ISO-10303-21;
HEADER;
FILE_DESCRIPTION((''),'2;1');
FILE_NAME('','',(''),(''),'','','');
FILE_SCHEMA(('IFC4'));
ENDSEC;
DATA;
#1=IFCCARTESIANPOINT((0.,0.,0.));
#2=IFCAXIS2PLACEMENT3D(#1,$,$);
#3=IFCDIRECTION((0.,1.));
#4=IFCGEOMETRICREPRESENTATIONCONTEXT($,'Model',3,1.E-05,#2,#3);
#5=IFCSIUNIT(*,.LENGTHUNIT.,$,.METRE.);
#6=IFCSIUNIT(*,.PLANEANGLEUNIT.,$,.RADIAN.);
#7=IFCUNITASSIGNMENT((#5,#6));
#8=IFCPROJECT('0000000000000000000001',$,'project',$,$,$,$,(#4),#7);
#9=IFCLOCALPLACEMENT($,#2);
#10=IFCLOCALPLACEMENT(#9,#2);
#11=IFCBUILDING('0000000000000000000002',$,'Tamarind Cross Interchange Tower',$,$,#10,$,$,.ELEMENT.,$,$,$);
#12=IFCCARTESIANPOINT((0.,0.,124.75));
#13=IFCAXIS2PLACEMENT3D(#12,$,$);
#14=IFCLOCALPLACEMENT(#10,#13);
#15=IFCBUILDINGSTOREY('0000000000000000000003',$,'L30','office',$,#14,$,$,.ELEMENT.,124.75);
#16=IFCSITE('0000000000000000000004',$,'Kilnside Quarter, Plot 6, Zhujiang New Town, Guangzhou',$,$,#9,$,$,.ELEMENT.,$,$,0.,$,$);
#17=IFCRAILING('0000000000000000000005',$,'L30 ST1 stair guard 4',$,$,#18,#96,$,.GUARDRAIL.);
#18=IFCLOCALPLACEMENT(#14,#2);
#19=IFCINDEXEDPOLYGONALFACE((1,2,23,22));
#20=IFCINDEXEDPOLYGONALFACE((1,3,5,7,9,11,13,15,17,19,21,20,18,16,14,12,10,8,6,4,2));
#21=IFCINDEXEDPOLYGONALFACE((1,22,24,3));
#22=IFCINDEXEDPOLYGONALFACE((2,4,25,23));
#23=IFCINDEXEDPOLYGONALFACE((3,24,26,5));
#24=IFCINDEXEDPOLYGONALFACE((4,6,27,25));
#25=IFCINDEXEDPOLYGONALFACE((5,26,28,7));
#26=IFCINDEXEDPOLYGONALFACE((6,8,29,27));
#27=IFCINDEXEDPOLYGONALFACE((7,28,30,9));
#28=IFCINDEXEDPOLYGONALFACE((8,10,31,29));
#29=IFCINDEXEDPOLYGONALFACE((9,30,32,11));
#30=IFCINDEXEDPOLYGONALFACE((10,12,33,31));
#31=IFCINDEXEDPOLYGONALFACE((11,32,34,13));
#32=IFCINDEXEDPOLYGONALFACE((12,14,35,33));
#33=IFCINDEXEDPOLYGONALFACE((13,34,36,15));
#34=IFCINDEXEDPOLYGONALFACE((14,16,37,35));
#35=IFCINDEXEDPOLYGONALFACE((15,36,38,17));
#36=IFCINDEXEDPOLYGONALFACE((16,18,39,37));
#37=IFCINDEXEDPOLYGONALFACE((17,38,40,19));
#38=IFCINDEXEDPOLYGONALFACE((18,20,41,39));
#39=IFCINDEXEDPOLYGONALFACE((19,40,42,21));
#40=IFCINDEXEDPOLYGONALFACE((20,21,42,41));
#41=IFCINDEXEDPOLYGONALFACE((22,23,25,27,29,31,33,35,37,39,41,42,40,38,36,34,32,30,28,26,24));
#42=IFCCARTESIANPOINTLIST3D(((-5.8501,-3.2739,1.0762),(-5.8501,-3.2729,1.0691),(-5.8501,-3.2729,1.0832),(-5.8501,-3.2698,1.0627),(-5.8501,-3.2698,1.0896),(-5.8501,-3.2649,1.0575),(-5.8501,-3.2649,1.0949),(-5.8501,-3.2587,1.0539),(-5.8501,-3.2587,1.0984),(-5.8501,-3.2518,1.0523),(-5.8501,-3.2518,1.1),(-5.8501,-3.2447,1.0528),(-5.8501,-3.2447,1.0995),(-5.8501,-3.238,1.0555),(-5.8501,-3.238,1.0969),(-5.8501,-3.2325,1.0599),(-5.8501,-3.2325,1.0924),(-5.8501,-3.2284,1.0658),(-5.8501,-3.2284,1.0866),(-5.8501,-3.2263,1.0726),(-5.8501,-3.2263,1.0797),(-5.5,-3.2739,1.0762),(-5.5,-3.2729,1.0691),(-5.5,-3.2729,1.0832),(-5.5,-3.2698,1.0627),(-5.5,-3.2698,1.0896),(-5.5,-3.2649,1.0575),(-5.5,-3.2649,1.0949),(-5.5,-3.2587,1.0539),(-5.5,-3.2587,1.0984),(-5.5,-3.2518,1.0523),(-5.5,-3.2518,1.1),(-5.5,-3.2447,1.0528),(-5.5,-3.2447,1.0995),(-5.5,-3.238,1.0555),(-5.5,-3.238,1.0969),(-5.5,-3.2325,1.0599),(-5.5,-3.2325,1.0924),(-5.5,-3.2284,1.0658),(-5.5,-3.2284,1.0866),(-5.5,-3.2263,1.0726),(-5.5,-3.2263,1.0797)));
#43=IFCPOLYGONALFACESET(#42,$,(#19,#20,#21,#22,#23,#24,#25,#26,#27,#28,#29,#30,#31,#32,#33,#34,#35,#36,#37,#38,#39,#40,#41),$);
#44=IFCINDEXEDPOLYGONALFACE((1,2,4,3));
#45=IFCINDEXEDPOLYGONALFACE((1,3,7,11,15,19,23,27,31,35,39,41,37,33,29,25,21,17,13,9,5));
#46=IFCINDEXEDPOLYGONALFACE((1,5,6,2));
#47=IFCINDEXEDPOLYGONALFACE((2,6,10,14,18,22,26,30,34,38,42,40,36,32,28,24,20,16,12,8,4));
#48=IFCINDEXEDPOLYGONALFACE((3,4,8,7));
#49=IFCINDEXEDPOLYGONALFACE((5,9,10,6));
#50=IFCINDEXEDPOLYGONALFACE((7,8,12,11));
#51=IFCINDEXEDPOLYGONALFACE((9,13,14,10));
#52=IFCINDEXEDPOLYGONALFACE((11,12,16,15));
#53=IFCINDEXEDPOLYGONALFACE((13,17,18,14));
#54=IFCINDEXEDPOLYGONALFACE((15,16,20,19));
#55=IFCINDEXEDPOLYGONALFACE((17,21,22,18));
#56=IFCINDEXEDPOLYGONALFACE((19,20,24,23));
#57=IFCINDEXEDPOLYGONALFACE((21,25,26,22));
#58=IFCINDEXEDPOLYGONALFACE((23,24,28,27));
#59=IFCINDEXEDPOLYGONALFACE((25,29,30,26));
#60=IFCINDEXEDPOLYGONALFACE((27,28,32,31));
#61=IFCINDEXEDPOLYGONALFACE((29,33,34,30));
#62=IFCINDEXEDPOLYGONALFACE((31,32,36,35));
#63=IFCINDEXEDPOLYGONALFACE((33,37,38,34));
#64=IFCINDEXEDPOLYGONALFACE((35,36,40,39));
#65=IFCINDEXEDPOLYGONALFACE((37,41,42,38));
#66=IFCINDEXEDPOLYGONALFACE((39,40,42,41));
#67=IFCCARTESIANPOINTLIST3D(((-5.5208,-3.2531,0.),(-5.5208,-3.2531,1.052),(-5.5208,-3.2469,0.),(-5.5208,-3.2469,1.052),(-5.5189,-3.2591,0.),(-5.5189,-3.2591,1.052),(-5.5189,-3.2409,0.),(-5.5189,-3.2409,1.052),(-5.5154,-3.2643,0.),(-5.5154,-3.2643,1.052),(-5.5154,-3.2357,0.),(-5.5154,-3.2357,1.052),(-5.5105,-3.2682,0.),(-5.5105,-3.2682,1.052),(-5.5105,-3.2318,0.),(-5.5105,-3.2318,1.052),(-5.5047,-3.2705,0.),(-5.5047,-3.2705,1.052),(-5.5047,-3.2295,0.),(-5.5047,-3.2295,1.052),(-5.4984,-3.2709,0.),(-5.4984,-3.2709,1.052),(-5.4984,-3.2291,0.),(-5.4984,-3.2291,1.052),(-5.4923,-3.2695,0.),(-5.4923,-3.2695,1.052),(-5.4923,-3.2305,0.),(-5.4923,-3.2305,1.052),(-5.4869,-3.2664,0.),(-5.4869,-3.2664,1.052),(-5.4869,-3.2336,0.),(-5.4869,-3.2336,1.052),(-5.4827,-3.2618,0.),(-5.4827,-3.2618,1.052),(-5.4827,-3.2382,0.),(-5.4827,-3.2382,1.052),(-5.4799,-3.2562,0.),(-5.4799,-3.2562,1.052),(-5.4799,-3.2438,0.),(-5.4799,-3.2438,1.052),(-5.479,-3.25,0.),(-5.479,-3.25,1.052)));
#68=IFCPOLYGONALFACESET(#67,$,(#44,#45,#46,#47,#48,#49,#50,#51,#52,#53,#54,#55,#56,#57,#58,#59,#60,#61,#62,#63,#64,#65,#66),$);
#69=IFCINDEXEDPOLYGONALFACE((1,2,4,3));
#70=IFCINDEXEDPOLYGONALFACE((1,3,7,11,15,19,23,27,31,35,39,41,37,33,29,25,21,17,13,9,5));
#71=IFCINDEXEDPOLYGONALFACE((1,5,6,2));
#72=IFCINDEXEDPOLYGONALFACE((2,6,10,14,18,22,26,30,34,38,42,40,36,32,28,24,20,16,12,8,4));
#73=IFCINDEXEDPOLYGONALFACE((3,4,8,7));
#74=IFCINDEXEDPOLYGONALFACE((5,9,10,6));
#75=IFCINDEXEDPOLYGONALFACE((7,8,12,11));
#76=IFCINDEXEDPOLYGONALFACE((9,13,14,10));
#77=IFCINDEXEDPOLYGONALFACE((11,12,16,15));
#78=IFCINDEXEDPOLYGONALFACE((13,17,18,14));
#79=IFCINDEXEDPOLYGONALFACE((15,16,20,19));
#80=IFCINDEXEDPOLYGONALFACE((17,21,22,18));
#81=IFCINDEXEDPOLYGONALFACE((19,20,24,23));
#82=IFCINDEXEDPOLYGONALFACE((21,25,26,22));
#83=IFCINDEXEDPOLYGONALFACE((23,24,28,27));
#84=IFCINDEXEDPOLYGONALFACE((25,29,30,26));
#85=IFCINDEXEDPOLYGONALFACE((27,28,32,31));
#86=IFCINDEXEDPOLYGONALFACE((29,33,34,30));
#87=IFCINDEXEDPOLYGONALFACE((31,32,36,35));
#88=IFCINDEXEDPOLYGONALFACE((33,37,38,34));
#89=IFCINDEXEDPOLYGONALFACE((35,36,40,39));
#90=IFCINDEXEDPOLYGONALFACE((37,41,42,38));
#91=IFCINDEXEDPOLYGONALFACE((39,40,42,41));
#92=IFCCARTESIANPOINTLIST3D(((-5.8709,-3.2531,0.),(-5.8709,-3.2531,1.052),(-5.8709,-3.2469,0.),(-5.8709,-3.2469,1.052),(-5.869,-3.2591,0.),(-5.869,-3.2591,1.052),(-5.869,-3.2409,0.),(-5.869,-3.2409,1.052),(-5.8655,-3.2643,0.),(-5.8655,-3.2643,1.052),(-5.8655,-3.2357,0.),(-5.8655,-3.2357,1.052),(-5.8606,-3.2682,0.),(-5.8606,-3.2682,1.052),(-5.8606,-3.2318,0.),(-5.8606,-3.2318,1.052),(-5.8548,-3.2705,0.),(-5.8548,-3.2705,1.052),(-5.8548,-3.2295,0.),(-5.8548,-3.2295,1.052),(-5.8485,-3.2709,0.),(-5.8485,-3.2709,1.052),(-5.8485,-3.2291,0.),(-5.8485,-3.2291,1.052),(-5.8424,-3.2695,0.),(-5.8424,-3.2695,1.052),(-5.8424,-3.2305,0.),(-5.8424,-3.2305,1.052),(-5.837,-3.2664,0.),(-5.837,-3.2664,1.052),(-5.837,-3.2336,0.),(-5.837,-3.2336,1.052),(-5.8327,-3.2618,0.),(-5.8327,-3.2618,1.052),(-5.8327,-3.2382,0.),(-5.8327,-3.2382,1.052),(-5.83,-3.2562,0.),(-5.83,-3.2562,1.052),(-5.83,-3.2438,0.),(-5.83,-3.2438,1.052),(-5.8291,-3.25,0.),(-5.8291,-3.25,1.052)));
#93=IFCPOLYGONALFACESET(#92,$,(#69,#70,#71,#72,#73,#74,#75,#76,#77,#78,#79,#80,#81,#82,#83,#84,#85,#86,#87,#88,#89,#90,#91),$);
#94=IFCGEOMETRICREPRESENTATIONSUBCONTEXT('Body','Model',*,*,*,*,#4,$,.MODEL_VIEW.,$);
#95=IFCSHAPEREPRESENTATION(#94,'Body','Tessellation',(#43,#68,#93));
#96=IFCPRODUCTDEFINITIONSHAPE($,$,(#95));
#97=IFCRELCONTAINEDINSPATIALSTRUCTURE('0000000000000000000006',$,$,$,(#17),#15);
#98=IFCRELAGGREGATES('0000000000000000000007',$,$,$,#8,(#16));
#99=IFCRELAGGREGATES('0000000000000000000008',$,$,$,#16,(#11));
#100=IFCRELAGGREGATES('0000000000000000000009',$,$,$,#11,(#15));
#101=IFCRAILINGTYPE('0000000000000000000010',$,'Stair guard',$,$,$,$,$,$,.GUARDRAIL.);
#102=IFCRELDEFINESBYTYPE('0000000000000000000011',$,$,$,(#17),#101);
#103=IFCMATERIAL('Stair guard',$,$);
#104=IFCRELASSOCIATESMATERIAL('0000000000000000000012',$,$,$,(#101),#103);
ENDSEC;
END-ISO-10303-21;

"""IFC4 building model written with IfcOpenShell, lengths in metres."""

from ifc_helpers import new_model, si_unit, direction, frame, origin, origin_2d, place, context, subcontext, project, spatial, circle, extrude, material, type_object, element, save


model = new_model("IFC4")

# Units and contexts
model_context = context("Model", 3, precision=1e-05, world=origin(), true_north=direction((0.0, 1.0)))
body_context = subcontext(model_context, "Body", "Model", "MODEL_VIEW")
ifc_project = project(units=[si_unit("LENGTHUNIT", "METRE"), si_unit("PLANEANGLEUNIT", "RADIAN")], contexts=[model_context])

# Site, building, storey
site_placement = place(None, origin())
site = spatial("IfcSite", under=ifc_project, at=site_placement, Name="Kilnside Quarter, Plot 6, Zhujiang New Town, Guangzhou", CompositionType="ELEMENT", RefElevation=0.0)
building_placement = place(site_placement, origin())
building = spatial("IfcBuilding", under=site, at=building_placement, Name="Tamarind Cross Interchange Tower", CompositionType="ELEMENT")
storey_placement = place(building_placement, frame((0.0, 0.0, 124.75)))
storey = spatial("IfcBuildingStorey", under=building, at=storey_placement, Name="L30", Description="office", CompositionType="ELEMENT", Elevation=124.75)

# Railing
ifc_material_1 = material(Name="Stair guard")
railing_type_1 = type_object("IfcRailingType", Name="Stair guard", PredefinedType="GUARDRAIL", material=ifc_material_1)
railing_1_placement = place(storey_placement, frame((-5.5, -3.25, 0.0)))
element("IfcRailing", 1, at=railing_1_placement, inside=storey, type_object=railing_type_1, Name="L30 ST1 stair guard 4", PredefinedType="GUARDRAIL", context=body_context, shape_type="SweptSolid", body=[
    extrude(circle(Radius=0.0239, at=origin_2d()), frame((0.0, 0.0, 1.0762), z_axis=(-1.0, 0.0, 0.0), x_axis=(0.0, -1.0, 0.0)), (0.0, 0.0, 1.0), 0.3501),
    extrude(circle(Radius=0.021, at=origin_2d()), origin(), (0.0, 0.0, 1.0), 1.052),
    extrude(circle(Radius=0.021, at=origin_2d()), frame((-0.3501, 0.0, 0.0)), (0.0, 0.0, 1.0), 1.052),
])

save(model, "model.ifc")
